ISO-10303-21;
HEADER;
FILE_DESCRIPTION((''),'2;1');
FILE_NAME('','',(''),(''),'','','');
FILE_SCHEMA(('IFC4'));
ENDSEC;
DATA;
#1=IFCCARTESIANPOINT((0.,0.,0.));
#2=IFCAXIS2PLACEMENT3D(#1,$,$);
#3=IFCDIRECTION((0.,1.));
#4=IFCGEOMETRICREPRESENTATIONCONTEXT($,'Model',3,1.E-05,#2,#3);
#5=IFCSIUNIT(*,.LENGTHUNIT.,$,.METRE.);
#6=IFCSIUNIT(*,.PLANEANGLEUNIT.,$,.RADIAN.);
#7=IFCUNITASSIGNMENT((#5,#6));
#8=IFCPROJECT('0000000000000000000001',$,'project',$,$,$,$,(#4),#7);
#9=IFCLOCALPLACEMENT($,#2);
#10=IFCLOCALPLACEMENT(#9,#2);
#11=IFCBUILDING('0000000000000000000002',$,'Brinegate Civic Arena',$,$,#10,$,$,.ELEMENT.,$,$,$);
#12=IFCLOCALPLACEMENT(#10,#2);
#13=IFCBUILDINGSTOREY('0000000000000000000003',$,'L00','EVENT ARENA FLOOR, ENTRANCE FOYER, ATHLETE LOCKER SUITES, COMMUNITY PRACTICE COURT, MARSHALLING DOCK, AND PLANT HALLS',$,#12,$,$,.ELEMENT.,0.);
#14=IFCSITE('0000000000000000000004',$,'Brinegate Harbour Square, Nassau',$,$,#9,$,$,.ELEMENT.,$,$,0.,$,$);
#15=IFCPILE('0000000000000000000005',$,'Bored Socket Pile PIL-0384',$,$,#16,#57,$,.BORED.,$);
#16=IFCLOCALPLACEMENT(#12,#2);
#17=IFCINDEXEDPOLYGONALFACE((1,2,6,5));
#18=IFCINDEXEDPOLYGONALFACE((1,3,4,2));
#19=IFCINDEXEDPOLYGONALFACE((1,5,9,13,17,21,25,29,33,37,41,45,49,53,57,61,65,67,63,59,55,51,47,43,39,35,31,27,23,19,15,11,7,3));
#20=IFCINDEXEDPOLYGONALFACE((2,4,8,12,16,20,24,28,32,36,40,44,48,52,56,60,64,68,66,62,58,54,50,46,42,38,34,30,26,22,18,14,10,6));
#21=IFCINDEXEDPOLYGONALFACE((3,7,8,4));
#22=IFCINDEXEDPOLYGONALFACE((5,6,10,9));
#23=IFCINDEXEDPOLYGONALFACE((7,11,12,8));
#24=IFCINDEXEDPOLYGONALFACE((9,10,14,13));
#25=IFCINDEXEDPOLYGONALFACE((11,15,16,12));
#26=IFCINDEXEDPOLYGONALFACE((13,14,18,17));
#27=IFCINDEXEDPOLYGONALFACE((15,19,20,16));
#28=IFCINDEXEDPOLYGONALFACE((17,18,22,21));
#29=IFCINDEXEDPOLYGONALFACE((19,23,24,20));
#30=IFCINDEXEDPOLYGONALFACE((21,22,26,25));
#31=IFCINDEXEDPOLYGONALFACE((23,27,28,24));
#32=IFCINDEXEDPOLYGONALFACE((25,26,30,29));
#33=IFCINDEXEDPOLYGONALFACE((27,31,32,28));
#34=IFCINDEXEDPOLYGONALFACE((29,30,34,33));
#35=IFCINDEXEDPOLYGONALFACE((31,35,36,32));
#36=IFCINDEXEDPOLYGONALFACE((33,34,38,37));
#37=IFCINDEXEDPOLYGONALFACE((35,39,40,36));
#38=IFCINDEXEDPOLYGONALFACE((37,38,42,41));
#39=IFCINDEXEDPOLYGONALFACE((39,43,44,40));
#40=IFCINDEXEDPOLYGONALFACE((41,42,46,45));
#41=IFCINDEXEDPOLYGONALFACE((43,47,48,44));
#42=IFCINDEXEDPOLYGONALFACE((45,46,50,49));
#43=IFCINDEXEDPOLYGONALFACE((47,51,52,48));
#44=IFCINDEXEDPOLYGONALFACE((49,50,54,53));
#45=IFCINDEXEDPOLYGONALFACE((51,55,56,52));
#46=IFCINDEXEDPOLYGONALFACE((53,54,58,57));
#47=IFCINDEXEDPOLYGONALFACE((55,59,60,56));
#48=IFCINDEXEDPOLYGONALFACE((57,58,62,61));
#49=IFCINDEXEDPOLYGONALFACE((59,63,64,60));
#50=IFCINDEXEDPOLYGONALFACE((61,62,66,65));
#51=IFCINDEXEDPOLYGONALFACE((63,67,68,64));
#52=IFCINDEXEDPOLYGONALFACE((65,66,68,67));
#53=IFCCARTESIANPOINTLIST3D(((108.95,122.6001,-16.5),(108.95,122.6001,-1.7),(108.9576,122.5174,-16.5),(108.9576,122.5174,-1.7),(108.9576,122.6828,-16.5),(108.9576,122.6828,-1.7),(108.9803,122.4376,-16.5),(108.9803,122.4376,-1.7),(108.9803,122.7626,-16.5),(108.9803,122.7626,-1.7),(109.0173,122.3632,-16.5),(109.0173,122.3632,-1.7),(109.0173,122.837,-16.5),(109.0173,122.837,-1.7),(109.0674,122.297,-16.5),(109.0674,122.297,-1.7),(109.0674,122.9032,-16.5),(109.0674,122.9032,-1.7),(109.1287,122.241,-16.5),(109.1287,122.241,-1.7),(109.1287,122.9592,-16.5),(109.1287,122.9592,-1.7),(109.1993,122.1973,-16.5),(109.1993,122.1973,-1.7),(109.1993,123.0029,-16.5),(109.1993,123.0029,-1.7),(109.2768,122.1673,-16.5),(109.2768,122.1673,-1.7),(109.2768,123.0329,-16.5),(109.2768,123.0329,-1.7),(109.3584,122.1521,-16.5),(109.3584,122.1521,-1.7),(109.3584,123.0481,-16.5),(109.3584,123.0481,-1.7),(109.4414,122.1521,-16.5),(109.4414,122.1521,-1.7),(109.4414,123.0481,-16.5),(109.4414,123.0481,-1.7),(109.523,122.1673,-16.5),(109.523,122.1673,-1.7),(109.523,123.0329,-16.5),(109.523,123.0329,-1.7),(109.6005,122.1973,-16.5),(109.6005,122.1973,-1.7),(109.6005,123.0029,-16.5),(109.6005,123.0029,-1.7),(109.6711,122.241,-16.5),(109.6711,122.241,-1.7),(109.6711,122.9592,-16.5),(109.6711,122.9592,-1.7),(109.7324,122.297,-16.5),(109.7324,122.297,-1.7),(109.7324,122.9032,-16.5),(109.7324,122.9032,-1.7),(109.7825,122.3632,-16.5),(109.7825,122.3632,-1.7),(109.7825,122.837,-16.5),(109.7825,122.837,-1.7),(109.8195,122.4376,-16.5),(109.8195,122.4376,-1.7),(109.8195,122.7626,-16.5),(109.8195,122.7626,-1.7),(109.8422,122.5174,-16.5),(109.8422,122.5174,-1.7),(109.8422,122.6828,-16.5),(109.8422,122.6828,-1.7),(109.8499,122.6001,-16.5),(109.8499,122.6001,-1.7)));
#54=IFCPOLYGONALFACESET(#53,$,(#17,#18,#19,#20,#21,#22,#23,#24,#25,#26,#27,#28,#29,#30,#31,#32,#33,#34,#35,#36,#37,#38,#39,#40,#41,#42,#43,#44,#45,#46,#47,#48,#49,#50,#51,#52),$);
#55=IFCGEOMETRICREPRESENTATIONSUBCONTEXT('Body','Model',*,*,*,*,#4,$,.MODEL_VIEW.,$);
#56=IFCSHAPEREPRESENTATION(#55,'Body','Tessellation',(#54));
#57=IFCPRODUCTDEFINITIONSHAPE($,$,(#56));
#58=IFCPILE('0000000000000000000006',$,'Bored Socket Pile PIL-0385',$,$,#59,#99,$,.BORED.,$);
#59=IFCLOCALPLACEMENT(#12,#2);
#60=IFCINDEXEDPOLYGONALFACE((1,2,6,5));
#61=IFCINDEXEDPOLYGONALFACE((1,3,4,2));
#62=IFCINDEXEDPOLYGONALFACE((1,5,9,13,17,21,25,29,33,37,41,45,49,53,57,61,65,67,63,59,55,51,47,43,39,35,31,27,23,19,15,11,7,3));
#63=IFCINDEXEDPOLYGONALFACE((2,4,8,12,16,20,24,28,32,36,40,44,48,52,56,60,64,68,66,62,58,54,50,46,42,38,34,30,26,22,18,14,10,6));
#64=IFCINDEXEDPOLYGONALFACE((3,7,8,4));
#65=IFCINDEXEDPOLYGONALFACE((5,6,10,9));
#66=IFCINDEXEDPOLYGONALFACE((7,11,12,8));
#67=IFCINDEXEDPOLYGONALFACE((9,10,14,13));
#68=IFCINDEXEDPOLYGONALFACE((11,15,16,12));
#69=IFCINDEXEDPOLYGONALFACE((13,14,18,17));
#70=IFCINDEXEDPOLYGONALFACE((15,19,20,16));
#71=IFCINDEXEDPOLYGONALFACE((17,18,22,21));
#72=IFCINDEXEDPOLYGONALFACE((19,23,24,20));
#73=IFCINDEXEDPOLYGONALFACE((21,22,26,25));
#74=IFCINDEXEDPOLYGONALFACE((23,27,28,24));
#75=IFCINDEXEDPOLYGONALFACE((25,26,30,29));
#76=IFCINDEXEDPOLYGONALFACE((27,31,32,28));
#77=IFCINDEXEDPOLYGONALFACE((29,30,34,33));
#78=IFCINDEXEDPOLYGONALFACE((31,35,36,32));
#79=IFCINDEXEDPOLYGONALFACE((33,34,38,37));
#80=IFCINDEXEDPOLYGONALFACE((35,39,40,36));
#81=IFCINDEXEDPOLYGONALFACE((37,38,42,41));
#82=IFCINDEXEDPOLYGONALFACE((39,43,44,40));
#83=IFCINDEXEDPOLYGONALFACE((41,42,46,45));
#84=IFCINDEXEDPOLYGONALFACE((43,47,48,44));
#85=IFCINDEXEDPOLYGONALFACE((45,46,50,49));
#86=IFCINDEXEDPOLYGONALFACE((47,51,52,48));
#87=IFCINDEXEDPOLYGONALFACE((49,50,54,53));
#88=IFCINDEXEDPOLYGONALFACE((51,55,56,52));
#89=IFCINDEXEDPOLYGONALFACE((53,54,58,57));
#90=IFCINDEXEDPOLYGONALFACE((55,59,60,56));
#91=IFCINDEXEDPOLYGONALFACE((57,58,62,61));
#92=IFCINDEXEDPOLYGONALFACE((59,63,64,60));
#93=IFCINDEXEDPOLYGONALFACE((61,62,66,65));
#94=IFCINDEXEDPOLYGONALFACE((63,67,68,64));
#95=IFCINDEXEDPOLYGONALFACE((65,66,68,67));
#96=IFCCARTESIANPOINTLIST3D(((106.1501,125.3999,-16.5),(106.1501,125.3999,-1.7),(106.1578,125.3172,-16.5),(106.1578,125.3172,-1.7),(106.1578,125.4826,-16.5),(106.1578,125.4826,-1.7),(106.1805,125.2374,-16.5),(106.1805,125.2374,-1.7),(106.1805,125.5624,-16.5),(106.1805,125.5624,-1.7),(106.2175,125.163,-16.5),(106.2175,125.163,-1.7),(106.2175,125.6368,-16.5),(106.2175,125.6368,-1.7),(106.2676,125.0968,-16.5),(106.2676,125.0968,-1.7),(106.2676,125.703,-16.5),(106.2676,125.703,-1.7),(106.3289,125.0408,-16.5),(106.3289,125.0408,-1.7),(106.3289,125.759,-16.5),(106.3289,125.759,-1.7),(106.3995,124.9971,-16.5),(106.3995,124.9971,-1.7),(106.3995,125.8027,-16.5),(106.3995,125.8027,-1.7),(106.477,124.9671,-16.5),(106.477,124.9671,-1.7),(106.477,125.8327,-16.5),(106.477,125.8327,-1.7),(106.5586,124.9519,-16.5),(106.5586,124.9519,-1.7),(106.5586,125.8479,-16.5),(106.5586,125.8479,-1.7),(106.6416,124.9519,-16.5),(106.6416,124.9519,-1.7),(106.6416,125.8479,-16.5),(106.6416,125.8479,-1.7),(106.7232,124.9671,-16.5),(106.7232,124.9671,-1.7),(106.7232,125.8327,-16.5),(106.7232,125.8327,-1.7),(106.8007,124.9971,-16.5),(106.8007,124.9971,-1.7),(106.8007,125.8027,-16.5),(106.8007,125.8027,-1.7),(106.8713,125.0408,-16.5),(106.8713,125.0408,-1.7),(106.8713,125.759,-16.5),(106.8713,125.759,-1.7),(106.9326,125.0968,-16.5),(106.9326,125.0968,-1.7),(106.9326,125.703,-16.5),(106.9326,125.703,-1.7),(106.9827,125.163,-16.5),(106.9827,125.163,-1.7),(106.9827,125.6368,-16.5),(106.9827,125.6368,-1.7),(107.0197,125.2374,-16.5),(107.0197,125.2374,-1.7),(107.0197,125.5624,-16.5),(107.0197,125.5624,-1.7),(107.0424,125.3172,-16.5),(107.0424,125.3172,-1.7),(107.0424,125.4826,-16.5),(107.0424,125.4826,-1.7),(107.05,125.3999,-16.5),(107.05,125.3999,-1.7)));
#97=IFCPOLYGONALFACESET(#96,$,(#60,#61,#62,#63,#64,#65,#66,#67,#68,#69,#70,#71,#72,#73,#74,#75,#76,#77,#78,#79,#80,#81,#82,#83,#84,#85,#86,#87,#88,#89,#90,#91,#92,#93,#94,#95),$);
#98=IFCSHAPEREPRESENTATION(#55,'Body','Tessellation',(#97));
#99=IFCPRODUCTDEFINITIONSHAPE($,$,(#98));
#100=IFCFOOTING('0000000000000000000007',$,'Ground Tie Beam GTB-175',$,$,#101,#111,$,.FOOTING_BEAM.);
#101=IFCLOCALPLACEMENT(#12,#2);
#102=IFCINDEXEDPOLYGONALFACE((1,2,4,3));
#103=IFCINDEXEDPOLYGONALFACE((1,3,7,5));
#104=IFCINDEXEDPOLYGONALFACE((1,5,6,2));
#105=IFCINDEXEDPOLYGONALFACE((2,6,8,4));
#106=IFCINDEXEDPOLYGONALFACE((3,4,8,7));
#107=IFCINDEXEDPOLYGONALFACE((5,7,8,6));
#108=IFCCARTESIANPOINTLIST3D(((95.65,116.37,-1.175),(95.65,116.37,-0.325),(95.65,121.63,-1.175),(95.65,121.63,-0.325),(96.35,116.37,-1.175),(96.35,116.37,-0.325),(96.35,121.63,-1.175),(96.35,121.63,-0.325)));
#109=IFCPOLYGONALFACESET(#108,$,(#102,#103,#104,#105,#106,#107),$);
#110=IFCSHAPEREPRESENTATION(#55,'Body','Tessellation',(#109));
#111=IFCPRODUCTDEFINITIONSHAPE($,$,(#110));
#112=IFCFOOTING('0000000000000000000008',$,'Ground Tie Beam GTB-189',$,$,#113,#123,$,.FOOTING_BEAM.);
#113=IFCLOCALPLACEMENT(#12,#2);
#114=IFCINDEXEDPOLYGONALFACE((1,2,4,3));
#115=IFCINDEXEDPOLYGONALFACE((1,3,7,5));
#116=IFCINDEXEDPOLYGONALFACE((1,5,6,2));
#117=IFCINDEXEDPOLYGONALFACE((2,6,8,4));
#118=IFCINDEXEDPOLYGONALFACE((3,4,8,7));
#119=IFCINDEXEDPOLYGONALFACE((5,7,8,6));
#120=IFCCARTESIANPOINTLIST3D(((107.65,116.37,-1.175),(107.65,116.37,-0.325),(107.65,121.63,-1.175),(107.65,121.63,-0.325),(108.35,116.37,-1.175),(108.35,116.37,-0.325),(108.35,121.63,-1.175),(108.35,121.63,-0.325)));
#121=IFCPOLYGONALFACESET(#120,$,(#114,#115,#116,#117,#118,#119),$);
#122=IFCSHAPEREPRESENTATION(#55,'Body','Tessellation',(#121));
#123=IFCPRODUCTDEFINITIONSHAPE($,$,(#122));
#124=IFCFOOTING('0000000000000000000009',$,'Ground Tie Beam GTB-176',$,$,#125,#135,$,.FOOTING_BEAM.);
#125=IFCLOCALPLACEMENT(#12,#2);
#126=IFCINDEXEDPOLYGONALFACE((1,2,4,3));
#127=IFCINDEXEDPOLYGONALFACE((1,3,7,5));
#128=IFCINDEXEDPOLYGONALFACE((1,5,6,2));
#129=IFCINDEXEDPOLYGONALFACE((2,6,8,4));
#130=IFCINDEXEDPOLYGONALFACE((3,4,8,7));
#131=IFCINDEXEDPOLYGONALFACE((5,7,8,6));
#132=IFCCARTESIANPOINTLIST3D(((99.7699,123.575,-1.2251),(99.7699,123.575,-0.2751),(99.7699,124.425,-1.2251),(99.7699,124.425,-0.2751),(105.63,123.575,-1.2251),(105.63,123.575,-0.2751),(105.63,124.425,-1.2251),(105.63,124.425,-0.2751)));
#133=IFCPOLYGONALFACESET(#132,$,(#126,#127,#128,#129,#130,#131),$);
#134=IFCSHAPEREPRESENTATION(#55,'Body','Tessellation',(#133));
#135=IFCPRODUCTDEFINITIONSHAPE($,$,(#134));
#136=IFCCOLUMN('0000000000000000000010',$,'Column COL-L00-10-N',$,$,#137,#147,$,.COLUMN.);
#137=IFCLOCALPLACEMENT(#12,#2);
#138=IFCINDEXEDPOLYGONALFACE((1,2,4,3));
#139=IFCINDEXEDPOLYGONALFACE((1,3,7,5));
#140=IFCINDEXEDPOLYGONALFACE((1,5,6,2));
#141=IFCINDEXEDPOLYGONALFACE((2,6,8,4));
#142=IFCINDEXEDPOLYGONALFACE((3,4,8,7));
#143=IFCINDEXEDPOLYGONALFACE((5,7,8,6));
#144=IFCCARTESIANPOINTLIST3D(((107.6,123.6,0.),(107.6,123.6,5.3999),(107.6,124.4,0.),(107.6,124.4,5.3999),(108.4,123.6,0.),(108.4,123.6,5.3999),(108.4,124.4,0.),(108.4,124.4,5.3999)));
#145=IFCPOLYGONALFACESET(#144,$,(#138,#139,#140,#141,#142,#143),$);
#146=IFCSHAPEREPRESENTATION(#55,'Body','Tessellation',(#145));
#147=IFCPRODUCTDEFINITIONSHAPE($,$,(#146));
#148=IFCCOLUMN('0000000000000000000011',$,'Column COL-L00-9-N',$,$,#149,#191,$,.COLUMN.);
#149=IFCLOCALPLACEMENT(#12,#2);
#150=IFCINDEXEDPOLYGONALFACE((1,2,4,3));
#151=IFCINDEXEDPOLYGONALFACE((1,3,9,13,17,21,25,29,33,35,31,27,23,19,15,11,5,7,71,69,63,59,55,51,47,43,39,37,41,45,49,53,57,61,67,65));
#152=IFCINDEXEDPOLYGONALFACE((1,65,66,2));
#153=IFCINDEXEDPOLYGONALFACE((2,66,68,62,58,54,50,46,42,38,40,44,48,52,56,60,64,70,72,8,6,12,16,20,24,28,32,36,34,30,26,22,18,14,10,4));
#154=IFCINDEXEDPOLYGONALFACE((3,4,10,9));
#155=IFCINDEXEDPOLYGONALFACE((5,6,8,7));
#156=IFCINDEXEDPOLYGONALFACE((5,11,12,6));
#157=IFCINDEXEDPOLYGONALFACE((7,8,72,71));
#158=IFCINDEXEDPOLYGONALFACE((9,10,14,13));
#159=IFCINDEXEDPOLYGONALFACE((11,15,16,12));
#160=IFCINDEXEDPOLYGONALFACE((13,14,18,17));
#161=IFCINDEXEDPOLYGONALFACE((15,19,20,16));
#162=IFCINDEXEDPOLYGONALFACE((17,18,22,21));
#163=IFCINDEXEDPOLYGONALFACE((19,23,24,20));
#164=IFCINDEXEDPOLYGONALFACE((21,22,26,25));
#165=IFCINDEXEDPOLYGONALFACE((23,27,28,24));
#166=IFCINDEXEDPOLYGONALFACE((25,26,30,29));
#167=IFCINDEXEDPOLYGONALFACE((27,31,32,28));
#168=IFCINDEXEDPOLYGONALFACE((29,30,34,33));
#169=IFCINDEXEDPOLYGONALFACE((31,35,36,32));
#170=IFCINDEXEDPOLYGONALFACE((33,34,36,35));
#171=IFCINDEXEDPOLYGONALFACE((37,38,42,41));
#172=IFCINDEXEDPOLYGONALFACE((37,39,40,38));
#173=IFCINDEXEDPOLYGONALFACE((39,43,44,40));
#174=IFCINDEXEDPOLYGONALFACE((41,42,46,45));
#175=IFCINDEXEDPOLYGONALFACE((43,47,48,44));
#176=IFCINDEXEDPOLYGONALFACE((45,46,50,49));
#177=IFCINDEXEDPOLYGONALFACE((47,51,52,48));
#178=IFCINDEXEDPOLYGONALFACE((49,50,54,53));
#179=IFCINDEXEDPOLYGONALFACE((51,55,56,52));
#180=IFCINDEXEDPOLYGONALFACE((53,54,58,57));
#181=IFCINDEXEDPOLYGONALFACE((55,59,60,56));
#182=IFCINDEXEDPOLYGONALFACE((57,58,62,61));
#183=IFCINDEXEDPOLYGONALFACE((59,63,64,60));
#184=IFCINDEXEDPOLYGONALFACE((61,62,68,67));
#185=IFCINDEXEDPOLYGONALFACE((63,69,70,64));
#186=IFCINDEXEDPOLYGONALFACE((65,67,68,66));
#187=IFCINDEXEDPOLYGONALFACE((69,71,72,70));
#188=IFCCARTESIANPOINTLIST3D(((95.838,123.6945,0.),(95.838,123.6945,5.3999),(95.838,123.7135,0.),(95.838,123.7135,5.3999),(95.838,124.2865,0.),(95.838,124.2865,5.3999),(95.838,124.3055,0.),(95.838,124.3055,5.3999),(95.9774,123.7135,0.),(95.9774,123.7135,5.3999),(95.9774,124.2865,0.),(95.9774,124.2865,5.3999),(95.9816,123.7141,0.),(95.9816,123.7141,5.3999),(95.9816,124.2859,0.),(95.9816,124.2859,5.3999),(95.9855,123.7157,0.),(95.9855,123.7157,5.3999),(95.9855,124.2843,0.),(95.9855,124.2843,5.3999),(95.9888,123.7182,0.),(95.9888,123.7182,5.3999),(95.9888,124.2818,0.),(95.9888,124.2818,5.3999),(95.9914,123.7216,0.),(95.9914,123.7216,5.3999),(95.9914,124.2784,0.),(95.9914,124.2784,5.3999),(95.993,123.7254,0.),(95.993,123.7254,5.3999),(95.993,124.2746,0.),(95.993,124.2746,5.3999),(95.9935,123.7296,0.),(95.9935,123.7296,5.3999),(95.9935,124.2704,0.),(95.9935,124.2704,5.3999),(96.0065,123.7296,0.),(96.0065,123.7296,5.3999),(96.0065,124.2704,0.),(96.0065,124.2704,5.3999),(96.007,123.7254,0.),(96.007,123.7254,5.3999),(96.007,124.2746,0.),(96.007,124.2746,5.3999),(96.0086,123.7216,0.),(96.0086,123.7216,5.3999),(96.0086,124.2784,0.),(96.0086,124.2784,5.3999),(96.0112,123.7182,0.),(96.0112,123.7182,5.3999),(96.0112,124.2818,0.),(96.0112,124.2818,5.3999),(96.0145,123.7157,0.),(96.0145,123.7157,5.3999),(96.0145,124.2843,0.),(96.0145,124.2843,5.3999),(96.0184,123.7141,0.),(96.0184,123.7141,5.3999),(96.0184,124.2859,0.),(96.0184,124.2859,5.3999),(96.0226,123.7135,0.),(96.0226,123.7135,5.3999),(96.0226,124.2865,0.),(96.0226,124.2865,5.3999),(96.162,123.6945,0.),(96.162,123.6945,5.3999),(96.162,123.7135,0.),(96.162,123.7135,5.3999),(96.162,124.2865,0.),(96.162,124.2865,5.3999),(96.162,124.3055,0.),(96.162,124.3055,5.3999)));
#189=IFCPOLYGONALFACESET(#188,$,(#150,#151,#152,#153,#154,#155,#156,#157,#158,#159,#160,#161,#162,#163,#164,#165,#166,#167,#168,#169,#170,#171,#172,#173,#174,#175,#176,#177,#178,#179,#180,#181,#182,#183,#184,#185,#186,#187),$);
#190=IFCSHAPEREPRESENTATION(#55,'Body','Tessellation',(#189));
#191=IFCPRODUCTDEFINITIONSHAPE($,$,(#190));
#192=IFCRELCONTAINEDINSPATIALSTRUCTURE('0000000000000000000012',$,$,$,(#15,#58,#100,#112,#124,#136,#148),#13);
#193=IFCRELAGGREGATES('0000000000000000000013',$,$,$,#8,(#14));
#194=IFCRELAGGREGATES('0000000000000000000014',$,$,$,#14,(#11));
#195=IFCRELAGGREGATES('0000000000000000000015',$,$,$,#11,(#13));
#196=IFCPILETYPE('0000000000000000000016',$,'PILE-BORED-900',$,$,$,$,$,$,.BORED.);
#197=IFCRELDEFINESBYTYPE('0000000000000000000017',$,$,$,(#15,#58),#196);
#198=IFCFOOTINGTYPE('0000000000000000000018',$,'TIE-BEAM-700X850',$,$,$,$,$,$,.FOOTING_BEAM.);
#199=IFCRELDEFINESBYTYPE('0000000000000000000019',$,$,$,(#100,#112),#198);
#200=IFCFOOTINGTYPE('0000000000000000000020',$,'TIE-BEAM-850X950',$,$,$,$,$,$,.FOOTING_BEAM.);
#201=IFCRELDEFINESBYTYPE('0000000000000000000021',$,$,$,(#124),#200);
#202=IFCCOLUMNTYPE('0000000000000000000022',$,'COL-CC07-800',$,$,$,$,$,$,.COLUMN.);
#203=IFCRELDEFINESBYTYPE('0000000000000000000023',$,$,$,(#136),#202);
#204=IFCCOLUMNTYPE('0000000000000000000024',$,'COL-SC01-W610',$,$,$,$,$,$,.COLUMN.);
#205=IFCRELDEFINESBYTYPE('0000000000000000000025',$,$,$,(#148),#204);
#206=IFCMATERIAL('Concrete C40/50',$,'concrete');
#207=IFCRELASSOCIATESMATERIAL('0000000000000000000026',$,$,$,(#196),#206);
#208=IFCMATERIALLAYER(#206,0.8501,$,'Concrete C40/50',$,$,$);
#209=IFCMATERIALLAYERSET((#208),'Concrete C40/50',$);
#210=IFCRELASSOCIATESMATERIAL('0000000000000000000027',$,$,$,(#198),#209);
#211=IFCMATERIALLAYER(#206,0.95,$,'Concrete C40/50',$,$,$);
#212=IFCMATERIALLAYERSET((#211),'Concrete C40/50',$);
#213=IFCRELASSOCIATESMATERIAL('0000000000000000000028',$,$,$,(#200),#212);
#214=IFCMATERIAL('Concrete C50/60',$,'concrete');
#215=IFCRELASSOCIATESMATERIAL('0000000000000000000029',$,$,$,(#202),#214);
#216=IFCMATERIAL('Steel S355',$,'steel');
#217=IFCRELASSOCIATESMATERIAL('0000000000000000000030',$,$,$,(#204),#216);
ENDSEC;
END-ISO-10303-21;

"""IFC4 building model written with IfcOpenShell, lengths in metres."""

from ifc_helpers import new_model, si_unit, direction, frame, origin, origin_2d, place, context, subcontext, project, spatial, rectangle, circle, i_section, extrude, material, layer, layer_set, material_profile, profile_set, type_object, element, save


model = new_model("IFC4")

# Units and contexts
model_context = context("Model", 3, precision=1e-05, world=origin(), true_north=direction((0.0, 1.0)))
body_context = subcontext(model_context, "Body", "Model", "MODEL_VIEW")
ifc_project = project(units=[si_unit("LENGTHUNIT", "METRE"), si_unit("PLANEANGLEUNIT", "RADIAN")], contexts=[model_context])

# Site, building, storey
site_placement = place(None, origin())
site = spatial("IfcSite", under=ifc_project, at=site_placement, Name="Brinegate Harbour Square, Nassau", CompositionType="ELEMENT", RefElevation=0.0)
building_placement = place(site_placement, origin())
building = spatial("IfcBuilding", under=site, at=building_placement, Name="Brinegate Civic Arena", CompositionType="ELEMENT")
storey_placement = place(building_placement, origin())
storey = spatial("IfcBuildingStorey", under=building, at=storey_placement, Name="L00", Description="EVENT ARENA FLOOR, ENTRANCE FOYER, ATHLETE LOCKER SUITES, COMMUNITY PRACTICE COURT, MARSHALLING DOCK, AND PLANT HALLS", CompositionType="ELEMENT", Elevation=0.0)

# Shared definitions
ifc_material_1 = material(Name="Concrete C40/50", Category="concrete")

# Piles
ifc_material_profile_1 = material_profile(ifc_material_1, circle(Radius=0.45, at=origin_2d()), Name="PILED900")
ifc_profile_set_1 = profile_set([ifc_material_profile_1], Name="Concrete C40/50")
pile_type_1 = type_object("IfcPileType", Name="PILE-BORED-900", PredefinedType="BORED", material=ifc_profile_set_1)
for number, where, z_axis, x_axis, name in (
    (1, (109.3999, 122.6001, -1.7), (0.0, 0.0, -1.0), (1.0, 0.0, 0.0), "Bored Socket Pile PIL-0384"),
    (2, (106.6001, 125.3999, -1.7), (0.0, 0.0, -1.0), (1.0, 0.0, 0.0), "Bored Socket Pile PIL-0385"),
):
    element("IfcPile", number, at=place(storey_placement, frame(where, z_axis=z_axis, x_axis=x_axis)), inside=storey, type_object=pile_type_1, Name=name, PredefinedType="BORED", context=body_context, shape_type="SweptSolid", body=[
        extrude(circle(Radius=0.45, at=origin_2d()), origin(), (0.0, 0.0, 1.0), 14.8),
    ])

# Footings
ifc_layer_1 = layer(ifc_material_1, 0.8501, Name="Concrete C40/50")
ifc_layer_set_1 = layer_set([ifc_layer_1], Name="Concrete C40/50")
footing_type_1 = type_object("IfcFootingType", Name="TIE-BEAM-700X850", PredefinedType="FOOTING_BEAM", material=ifc_layer_set_1)
for number, where, z_axis, x_axis, name in (
    (3, (96.0, 119.0, -1.175), (0.0, 0.0, 1.0), (0.0, 1.0, 0.0), "Ground Tie Beam GTB-175"),
    (4, (108.0, 119.0, -1.175), (0.0, 0.0, 1.0), (0.0, 1.0, 0.0), "Ground Tie Beam GTB-189"),
):
    element("IfcFooting", number, at=place(storey_placement, frame(where, z_axis=z_axis, x_axis=x_axis)), inside=storey, type_object=footing_type_1, Name=name, PredefinedType="FOOTING_BEAM", context=body_context, shape_type="SweptSolid", body=[
        extrude(rectangle(XDim=5.26, YDim=0.7, at=origin_2d()), origin(), (0.0, 0.0, 1.0), 0.8501),
    ])
ifc_layer_2 = layer(ifc_material_1, 0.95, Name="Concrete C40/50")
ifc_layer_set_2 = layer_set([ifc_layer_2], Name="Concrete C40/50")
footing_type_2 = type_object("IfcFootingType", Name="TIE-BEAM-850X950", PredefinedType="FOOTING_BEAM", material=ifc_layer_set_2)
footing_1_placement = place(storey_placement, frame((102.7, 124.0, -1.2251), z_axis=(0.0, 0.0, 1.0), x_axis=(1.0, 0.0, 0.0)))
element("IfcFooting", 5, at=footing_1_placement, inside=storey, type_object=footing_type_2, Name="Ground Tie Beam GTB-176", PredefinedType="FOOTING_BEAM", context=body_context, shape_type="SweptSolid", body=[
    extrude(rectangle(XDim=5.8601, YDim=0.8501, at=origin_2d()), origin(), (0.0, 0.0, 1.0), 0.95),
])

# Columns
ifc_material_2 = material(Name="Concrete C50/60", Category="concrete")
ifc_material_profile_2 = material_profile(ifc_material_2, rectangle(XDim=0.8, YDim=0.8, at=origin_2d()), Name="RC800X800")
ifc_profile_set_2 = profile_set([ifc_material_profile_2], Name="Concrete C50/60")
column_type_1 = type_object("IfcColumnType", Name="COL-CC07-800", PredefinedType="COLUMN", material=ifc_profile_set_2)
column_1_placement = place(storey_placement, frame((108.0, 124.0, 0.0), z_axis=(0.0, 0.0, 1.0), x_axis=(1.0, 0.0, 0.0)))
element("IfcColumn", 6, at=column_1_placement, inside=storey, type_object=column_type_1, Name="Column COL-L00-10-N", PredefinedType="COLUMN", context=body_context, shape_type="SweptSolid", body=[
    extrude(rectangle(XDim=0.8, YDim=0.8, at=origin_2d()), origin(), (0.0, 0.0, 1.0), 5.3999),
])
ifc_material_3 = material(Name="Steel S355", Category="steel")
ifc_material_profile_3 = material_profile(ifc_material_3, i_section(OverallWidth=0.324, OverallDepth=0.6111, WebThickness=0.0129, FlangeThickness=0.019, FilletRadius=0.0161, at=origin_2d()), Name="W610X155")
ifc_profile_set_3 = profile_set([ifc_material_profile_3], Name="Steel S355")
column_type_2 = type_object("IfcColumnType", Name="COL-SC01-W610", PredefinedType="COLUMN", material=ifc_profile_set_3)
column_2_placement = place(storey_placement, frame((96.0, 124.0, 0.0), z_axis=(0.0, 0.0, 1.0), x_axis=(1.0, 0.0, 0.0)))
element("IfcColumn", 7, at=column_2_placement, inside=storey, type_object=column_type_2, Name="Column COL-L00-9-N", PredefinedType="COLUMN", context=body_context, shape_type="SweptSolid", body=[
    extrude(i_section(OverallWidth=0.324, OverallDepth=0.6111, WebThickness=0.0129, FlangeThickness=0.019, FilletRadius=0.0161, at=origin_2d()), origin(), (0.0, 0.0, 1.0), 5.3999),
])

save(model, "model.ifc")
